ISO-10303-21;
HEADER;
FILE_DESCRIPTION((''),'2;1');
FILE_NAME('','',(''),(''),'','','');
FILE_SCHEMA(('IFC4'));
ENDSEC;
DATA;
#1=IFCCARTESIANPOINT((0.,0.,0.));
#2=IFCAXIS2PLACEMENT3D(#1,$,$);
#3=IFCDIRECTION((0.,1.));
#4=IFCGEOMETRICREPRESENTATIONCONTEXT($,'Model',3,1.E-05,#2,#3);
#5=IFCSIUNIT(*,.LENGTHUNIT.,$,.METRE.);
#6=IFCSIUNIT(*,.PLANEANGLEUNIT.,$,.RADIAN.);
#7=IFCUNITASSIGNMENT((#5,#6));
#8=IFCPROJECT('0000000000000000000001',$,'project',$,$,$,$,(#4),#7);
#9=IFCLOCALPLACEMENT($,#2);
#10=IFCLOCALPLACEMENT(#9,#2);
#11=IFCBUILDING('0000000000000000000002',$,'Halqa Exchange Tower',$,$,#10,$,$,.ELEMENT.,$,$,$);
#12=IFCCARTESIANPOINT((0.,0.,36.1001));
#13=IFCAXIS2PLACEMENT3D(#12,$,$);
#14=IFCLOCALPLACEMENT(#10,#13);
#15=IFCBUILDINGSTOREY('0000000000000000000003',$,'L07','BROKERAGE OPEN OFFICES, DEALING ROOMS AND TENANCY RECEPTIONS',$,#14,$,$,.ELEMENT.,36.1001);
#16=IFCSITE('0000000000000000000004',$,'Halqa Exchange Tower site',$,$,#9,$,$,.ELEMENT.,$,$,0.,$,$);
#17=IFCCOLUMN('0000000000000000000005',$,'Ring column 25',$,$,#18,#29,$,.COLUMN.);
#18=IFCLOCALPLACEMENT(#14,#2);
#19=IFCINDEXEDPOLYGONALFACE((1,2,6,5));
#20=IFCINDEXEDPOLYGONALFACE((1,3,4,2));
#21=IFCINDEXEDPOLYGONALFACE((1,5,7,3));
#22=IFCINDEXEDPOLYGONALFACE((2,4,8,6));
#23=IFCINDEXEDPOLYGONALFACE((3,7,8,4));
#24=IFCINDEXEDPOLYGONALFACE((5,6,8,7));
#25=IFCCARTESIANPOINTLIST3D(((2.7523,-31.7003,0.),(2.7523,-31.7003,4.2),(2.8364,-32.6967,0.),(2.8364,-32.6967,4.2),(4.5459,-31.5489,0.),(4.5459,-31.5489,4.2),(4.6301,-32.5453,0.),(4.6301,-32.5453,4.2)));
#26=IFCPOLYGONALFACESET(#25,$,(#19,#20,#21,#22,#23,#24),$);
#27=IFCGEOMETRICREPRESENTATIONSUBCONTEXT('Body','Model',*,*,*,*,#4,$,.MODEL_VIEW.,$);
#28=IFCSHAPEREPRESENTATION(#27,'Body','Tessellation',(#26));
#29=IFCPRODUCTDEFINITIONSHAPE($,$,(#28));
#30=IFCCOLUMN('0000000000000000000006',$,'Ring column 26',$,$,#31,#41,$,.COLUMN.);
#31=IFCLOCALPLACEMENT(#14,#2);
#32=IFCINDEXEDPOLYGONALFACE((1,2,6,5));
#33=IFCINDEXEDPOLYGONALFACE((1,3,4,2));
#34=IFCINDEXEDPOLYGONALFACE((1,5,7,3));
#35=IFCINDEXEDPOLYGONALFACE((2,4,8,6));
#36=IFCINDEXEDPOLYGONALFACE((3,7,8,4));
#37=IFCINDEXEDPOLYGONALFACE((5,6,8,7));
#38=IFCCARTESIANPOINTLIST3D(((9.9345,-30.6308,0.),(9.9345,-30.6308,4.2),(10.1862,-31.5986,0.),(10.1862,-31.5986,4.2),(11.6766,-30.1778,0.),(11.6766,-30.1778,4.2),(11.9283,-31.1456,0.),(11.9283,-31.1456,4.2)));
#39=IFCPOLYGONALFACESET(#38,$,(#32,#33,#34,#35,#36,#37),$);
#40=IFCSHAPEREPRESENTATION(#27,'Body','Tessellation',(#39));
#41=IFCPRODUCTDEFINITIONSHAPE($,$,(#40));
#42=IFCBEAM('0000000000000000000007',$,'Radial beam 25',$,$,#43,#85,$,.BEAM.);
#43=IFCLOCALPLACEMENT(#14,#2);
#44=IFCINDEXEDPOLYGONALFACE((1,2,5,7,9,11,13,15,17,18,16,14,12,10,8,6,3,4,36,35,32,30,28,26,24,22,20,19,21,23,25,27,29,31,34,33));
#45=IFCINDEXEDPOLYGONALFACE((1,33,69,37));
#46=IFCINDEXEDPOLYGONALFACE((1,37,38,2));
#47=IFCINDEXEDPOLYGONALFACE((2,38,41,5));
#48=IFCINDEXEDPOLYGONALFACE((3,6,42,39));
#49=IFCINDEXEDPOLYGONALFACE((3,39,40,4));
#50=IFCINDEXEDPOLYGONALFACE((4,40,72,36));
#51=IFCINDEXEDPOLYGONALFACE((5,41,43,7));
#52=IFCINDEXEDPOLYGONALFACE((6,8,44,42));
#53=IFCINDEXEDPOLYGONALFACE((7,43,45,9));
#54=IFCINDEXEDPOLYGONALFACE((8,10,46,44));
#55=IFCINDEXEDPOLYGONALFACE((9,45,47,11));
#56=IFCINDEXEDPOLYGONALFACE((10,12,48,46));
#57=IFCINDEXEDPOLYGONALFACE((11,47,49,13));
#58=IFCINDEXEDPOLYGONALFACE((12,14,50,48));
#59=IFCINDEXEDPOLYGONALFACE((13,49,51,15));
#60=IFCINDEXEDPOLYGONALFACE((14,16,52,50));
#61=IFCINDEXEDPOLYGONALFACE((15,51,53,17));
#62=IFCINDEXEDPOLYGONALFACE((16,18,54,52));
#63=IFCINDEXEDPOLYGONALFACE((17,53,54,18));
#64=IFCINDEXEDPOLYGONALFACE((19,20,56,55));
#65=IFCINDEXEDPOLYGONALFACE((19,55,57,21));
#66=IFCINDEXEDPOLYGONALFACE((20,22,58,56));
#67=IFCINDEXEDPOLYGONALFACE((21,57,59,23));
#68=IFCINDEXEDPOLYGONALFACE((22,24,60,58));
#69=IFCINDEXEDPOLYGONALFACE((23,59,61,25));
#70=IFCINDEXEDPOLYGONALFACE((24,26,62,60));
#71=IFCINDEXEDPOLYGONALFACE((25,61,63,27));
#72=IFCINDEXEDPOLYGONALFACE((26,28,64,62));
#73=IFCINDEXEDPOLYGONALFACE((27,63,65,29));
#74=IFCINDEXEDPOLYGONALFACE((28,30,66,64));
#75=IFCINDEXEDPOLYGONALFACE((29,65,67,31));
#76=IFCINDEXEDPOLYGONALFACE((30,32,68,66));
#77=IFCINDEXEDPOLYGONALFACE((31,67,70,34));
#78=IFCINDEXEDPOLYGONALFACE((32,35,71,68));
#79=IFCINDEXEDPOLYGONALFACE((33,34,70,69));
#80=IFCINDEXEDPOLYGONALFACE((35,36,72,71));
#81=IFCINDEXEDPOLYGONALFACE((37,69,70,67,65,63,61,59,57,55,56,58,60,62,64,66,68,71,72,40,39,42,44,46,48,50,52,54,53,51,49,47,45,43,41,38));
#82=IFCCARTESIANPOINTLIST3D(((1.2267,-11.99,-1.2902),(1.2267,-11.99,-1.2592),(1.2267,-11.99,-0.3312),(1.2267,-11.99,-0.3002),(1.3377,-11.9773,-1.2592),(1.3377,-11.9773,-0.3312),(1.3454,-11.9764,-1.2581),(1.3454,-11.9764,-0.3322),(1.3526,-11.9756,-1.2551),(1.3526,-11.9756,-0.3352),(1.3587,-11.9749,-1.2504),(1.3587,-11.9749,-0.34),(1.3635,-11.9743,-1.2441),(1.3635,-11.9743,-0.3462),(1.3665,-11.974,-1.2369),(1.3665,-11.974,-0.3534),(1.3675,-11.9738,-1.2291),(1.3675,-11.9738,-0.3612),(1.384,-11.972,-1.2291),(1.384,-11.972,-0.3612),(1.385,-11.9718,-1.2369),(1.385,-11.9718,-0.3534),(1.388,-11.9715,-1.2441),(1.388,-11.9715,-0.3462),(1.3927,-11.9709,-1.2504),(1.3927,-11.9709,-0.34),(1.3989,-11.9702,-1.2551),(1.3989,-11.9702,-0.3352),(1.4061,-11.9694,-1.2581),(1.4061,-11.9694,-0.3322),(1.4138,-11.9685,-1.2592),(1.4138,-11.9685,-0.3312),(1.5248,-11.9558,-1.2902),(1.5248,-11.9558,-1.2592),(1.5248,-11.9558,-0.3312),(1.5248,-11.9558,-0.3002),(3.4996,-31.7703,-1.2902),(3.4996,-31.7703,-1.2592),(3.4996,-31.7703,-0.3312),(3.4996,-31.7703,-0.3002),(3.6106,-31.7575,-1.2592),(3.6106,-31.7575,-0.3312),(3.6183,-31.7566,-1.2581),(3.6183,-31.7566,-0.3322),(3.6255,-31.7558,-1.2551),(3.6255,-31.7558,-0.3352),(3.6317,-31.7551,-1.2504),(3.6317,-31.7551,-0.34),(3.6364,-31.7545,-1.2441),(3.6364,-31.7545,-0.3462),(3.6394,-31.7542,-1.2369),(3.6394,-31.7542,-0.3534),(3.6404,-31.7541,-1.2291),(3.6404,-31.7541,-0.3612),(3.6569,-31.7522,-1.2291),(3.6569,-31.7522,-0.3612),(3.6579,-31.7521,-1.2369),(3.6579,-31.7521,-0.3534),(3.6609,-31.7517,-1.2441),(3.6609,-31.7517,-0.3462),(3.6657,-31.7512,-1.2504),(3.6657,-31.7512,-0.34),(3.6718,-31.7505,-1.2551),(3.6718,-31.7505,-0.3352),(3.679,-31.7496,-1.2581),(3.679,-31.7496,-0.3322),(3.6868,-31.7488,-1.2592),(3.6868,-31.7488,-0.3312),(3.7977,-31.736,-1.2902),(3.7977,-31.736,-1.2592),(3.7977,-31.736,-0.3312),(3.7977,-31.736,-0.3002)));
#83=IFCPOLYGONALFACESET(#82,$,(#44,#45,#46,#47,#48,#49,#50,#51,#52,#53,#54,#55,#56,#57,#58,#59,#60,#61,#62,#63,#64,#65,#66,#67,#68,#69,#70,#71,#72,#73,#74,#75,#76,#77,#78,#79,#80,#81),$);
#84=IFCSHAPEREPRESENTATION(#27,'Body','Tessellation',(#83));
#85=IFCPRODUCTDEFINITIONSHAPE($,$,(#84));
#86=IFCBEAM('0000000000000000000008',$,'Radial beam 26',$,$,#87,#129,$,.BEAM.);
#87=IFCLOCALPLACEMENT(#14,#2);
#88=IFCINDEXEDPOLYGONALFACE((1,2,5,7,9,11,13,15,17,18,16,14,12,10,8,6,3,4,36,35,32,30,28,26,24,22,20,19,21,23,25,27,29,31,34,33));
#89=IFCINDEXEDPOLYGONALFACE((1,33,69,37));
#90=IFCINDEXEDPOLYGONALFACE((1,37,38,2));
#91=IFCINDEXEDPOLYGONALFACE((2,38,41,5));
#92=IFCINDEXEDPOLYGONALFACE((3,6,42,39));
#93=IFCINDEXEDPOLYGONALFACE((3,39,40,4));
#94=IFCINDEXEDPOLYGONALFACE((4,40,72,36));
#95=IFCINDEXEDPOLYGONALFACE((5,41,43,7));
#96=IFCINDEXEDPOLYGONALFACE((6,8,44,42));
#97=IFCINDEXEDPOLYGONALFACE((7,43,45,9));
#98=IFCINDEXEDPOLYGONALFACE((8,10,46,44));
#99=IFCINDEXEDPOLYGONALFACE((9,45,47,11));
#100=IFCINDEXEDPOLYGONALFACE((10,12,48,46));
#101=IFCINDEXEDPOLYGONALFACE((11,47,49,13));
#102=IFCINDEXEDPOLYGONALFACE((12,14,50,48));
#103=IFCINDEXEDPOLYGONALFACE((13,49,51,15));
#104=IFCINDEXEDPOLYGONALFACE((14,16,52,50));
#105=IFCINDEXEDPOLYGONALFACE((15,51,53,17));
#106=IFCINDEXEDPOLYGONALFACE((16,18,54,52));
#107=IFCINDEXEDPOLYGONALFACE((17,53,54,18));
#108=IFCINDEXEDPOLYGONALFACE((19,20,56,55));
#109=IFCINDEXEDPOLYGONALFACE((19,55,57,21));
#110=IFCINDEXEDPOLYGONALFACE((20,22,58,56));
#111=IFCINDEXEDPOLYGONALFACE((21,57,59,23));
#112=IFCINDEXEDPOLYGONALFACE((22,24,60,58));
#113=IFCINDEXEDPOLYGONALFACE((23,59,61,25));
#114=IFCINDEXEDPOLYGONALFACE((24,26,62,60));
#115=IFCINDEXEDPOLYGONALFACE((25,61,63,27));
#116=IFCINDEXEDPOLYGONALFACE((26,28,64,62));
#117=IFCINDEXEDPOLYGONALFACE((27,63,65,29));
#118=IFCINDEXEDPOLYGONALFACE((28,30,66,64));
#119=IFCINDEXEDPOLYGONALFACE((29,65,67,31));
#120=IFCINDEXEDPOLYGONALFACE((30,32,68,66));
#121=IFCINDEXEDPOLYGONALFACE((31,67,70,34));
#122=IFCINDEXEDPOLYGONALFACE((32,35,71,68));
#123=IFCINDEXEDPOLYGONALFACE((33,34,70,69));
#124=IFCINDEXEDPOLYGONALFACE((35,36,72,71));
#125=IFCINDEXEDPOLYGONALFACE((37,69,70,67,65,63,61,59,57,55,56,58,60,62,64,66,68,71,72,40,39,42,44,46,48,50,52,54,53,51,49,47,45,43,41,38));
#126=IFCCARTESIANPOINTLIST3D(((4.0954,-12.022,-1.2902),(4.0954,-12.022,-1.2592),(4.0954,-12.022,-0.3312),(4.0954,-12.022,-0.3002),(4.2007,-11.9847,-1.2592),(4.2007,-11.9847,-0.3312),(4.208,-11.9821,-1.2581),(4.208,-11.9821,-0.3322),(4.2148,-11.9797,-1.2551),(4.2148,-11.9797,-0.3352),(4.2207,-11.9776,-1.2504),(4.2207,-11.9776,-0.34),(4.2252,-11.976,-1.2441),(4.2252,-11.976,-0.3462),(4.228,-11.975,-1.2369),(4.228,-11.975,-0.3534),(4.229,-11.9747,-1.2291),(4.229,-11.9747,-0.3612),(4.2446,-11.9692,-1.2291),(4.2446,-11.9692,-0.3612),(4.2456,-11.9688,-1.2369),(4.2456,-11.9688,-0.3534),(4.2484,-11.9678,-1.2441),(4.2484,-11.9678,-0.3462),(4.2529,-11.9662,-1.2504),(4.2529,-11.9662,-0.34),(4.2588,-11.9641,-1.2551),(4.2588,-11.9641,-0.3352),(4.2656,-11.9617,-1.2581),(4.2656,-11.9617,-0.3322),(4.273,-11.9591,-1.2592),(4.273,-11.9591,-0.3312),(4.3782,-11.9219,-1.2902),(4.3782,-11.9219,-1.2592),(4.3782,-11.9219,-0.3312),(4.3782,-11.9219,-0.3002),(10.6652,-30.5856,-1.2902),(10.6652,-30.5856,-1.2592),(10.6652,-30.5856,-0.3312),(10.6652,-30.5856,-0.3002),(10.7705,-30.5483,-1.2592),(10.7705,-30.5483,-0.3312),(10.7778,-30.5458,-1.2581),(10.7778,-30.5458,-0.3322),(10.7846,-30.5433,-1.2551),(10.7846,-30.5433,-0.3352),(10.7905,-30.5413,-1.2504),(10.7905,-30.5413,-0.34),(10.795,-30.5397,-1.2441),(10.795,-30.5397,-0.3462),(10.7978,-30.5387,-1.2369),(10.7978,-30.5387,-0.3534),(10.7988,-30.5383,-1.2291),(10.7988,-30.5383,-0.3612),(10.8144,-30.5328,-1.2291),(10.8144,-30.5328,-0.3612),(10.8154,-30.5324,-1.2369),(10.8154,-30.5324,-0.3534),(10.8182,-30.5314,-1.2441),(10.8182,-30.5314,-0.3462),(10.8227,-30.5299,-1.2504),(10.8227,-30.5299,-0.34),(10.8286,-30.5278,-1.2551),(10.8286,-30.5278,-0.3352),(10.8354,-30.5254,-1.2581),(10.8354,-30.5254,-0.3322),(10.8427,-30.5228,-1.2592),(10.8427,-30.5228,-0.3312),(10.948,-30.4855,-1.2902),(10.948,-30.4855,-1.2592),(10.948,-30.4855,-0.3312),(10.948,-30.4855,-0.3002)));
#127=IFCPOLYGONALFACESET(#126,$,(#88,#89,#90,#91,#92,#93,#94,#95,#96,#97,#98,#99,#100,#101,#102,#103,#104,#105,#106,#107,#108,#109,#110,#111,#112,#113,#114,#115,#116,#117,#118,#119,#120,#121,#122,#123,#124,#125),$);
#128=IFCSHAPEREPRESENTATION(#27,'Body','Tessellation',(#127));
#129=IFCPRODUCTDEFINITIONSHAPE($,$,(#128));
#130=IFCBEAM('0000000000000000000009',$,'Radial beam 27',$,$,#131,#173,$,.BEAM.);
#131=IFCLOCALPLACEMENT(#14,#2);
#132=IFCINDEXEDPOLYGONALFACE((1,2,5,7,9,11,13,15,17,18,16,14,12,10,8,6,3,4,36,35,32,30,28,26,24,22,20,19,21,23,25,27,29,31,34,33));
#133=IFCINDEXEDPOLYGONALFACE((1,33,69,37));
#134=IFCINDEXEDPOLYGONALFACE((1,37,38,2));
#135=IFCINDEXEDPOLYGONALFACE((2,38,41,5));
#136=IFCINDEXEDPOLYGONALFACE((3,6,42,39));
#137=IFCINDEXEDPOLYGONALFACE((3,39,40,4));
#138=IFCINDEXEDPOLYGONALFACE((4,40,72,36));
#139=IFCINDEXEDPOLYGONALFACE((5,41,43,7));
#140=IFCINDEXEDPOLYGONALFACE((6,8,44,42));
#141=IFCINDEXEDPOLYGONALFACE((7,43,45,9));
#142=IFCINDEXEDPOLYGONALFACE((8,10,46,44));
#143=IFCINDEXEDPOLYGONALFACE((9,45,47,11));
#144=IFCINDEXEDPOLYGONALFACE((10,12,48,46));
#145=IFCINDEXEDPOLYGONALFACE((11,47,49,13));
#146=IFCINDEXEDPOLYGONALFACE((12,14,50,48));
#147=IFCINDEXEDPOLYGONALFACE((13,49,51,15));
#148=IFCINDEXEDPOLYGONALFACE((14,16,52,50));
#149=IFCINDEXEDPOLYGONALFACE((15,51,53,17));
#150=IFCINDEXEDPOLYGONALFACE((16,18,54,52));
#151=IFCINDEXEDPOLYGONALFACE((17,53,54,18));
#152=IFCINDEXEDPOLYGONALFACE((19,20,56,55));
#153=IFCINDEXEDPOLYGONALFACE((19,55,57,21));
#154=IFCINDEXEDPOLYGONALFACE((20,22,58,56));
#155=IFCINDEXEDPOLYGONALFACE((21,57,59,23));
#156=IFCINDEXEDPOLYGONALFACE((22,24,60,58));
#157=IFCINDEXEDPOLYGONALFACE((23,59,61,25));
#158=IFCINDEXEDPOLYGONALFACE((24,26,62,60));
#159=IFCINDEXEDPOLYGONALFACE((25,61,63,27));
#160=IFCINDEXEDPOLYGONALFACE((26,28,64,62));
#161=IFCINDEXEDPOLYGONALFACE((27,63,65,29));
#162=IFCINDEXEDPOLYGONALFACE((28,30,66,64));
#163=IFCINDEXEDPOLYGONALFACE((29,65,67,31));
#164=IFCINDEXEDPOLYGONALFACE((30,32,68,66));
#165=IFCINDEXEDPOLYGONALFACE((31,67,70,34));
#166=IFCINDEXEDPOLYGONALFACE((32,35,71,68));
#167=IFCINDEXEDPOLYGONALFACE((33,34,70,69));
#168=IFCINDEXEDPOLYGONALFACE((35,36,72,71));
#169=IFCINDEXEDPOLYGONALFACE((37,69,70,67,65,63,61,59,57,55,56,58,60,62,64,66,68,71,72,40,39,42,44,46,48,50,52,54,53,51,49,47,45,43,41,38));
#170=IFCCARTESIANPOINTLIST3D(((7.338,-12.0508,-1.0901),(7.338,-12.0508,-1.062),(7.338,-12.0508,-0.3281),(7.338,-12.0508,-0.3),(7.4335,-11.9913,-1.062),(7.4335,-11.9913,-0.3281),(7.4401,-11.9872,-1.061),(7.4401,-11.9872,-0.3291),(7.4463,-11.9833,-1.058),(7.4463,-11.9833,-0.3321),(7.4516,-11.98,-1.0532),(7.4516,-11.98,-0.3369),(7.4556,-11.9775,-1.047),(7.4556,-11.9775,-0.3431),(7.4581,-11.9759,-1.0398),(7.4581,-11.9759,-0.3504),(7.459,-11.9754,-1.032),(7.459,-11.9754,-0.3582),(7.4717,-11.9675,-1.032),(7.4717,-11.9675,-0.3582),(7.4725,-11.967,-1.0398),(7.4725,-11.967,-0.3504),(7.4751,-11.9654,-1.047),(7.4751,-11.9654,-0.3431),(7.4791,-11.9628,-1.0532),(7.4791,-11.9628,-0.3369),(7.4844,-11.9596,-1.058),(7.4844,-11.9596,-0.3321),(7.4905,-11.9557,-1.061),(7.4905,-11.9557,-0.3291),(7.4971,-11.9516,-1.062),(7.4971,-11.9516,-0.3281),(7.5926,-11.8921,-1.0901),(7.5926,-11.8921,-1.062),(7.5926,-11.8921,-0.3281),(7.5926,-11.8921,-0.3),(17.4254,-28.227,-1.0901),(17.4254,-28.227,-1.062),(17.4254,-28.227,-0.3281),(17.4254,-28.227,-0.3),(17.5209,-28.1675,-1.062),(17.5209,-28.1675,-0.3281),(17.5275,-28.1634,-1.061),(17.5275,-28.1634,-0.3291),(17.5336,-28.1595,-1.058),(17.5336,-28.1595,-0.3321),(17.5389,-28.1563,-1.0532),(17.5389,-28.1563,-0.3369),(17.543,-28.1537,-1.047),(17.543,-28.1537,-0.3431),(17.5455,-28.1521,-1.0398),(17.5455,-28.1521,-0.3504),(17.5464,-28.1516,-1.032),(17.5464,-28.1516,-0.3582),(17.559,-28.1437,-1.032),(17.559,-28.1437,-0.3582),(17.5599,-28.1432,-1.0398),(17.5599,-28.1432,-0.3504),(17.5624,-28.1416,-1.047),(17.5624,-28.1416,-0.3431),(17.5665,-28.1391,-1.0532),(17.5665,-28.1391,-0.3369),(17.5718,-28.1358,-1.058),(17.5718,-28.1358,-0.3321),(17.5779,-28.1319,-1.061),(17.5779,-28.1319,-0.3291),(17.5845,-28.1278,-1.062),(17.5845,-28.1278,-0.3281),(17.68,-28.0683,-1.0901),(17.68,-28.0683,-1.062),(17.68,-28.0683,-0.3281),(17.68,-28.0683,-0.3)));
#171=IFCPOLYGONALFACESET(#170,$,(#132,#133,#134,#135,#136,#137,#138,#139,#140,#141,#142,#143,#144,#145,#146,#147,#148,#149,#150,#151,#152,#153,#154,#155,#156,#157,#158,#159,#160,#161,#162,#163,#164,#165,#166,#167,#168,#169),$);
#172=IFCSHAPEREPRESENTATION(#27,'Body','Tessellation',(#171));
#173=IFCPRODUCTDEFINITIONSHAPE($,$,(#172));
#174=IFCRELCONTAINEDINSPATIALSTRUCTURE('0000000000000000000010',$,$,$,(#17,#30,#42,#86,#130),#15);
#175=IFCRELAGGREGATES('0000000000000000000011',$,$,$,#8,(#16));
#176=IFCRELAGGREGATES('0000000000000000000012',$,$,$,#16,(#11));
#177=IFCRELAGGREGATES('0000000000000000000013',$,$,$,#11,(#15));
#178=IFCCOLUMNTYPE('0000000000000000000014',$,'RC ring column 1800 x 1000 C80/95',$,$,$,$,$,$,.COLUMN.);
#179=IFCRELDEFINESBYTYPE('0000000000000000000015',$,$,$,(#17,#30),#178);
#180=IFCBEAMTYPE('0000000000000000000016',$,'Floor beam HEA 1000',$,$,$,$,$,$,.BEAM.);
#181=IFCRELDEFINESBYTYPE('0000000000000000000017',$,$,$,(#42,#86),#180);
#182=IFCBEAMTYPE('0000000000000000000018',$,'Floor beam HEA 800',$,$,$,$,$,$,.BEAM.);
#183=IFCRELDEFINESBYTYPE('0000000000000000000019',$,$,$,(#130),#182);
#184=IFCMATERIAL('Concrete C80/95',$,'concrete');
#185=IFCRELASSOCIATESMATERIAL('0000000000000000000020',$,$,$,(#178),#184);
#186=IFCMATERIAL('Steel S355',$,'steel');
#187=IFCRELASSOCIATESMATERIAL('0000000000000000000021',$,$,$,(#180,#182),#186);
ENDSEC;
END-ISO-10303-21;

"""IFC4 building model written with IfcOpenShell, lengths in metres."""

from ifc_helpers import new_model, si_unit, direction, frame, origin, origin_2d, place, context, subcontext, project, spatial, rectangle, i_section, extrude, material, material_profile, profile_set, type_object, element, save


model = new_model("IFC4")

# Units and contexts
model_context = context("Model", 3, precision=1e-05, world=origin(), true_north=direction((0.0, 1.0)))
body_context = subcontext(model_context, "Body", "Model", "MODEL_VIEW")
ifc_project = project(units=[si_unit("LENGTHUNIT", "METRE"), si_unit("PLANEANGLEUNIT", "RADIAN")], contexts=[model_context])

# Site, building, storey
site_placement = place(None, origin())
site = spatial("IfcSite", under=ifc_project, at=site_placement, Name="Halqa Exchange Tower site", CompositionType="ELEMENT", RefElevation=0.0)
building_placement = place(site_placement, origin())
building = spatial("IfcBuilding", under=site, at=building_placement, Name="Halqa Exchange Tower", CompositionType="ELEMENT")
storey_placement = place(building_placement, frame((0.0, 0.0, 36.1001)))
storey = spatial("IfcBuildingStorey", under=building, at=storey_placement, Name="L07", Description="BROKERAGE OPEN OFFICES, DEALING ROOMS AND TENANCY RECEPTIONS", CompositionType="ELEMENT", Elevation=36.1001)

# Columns
ifc_material_1 = material(Name="Concrete C80/95", Category="concrete")
ifc_material_profile_1 = material_profile(ifc_material_1, rectangle(XDim=1.8, YDim=1.0, at=origin_2d()), Name="1800 x 1000")
ifc_profile_set_1 = profile_set([ifc_material_profile_1], Name="Concrete C80/95")
column_type = type_object("IfcColumnType", Name="RC ring column 1800 x 1000 C80/95", PredefinedType="COLUMN", material=ifc_profile_set_1)
for number, where, z_axis, x_axis, name in (
    (1, (3.6912, -32.1228, 0.0), (0.0, 0.0, 1.0), (0.996455, 0.084125, 0.0), "Ring column 25"),
    (2, (10.9314, -30.8882, 0.0), (0.0, 0.0, 1.0), (0.967819, 0.251647, 0.0), "Ring column 26"),
):
    element("IfcColumn", number, at=place(storey_placement, frame(where, z_axis=z_axis, x_axis=x_axis)), inside=storey, type_object=column_type, Name=name, PredefinedType="COLUMN", context=body_context, shape_type="SweptSolid", body=[
        extrude(rectangle(XDim=1.8, YDim=1.0, at=origin_2d()), origin(), (0.0, 0.0, 1.0), 4.2),
    ])

# Beams
ifc_material_2 = material(Name="Steel S355", Category="steel")
ifc_material_profile_2 = material_profile(ifc_material_2, i_section(OverallWidth=0.3, OverallDepth=0.99, WebThickness=0.0166, FlangeThickness=0.031, FilletRadius=0.03, at=origin_2d()), Name="HEA 1000")
ifc_profile_set_2 = profile_set([ifc_material_profile_2], Name="Steel S355")
beam_type_1 = type_object("IfcBeamType", Name="Floor beam HEA 1000", PredefinedType="BEAM", material=ifc_profile_set_2)
beam_1_placement = place(storey_placement, frame((1.3757, -11.9729, -0.7952), z_axis=(0.114159, -0.993463, 0.0), x_axis=(0.993463, 0.114159, 0.0)))
element("IfcBeam", 3, at=beam_1_placement, inside=storey, type_object=beam_type_1, Name="Radial beam 25", PredefinedType="BEAM", context=body_context, shape_type="SweptSolid", body=[
    extrude(i_section(OverallWidth=0.3, OverallDepth=0.99, WebThickness=0.0166, FlangeThickness=0.031, FilletRadius=0.03, at=origin_2d()), origin(), (0.0, 0.0, 1.0), 19.9104),
])
beam_2_placement = place(storey_placement, frame((4.2368, -11.9719, -0.7952), z_axis=(0.333629, -0.942704, 0.0), x_axis=(0.942704, 0.333629, 0.0)))
element("IfcBeam", 4, at=beam_2_placement, inside=storey, type_object=beam_type_1, Name="Radial beam 26", PredefinedType="BEAM", context=body_context, shape_type="SweptSolid", body=[
    extrude(i_section(OverallWidth=0.3, OverallDepth=0.99, WebThickness=0.0166, FlangeThickness=0.031, FilletRadius=0.03, at=origin_2d()), origin(), (0.0, 0.0, 1.0), 19.6919),
])
ifc_material_profile_3 = material_profile(ifc_material_2, i_section(OverallWidth=0.3, OverallDepth=0.79, WebThickness=0.0149, FlangeThickness=0.0281, FilletRadius=0.03, at=origin_2d()), Name="HEA 800")
ifc_profile_set_3 = profile_set([ifc_material_profile_3], Name="Steel S355")
beam_type_2 = type_object("IfcBeamType", Name="Floor beam HEA 800", PredefinedType="BEAM", material=ifc_profile_set_3)
beam_3_placement = place(storey_placement, frame((7.4653, -11.9714, -0.6951), z_axis=(0.52914, -0.848535, 0.0), x_axis=(0.848535, 0.52914, 0.0)))
element("IfcBeam", 5, at=beam_3_placement, inside=storey, type_object=beam_type_2, Name="Radial beam 27", PredefinedType="BEAM", context=body_context, shape_type="SweptSolid", body=[
    extrude(i_section(OverallWidth=0.3, OverallDepth=0.79, WebThickness=0.0149, FlangeThickness=0.0281, FilletRadius=0.03, at=origin_2d()), origin(), (0.0, 0.0, 1.0), 19.0637),
])

save(model, "model.ifc")
